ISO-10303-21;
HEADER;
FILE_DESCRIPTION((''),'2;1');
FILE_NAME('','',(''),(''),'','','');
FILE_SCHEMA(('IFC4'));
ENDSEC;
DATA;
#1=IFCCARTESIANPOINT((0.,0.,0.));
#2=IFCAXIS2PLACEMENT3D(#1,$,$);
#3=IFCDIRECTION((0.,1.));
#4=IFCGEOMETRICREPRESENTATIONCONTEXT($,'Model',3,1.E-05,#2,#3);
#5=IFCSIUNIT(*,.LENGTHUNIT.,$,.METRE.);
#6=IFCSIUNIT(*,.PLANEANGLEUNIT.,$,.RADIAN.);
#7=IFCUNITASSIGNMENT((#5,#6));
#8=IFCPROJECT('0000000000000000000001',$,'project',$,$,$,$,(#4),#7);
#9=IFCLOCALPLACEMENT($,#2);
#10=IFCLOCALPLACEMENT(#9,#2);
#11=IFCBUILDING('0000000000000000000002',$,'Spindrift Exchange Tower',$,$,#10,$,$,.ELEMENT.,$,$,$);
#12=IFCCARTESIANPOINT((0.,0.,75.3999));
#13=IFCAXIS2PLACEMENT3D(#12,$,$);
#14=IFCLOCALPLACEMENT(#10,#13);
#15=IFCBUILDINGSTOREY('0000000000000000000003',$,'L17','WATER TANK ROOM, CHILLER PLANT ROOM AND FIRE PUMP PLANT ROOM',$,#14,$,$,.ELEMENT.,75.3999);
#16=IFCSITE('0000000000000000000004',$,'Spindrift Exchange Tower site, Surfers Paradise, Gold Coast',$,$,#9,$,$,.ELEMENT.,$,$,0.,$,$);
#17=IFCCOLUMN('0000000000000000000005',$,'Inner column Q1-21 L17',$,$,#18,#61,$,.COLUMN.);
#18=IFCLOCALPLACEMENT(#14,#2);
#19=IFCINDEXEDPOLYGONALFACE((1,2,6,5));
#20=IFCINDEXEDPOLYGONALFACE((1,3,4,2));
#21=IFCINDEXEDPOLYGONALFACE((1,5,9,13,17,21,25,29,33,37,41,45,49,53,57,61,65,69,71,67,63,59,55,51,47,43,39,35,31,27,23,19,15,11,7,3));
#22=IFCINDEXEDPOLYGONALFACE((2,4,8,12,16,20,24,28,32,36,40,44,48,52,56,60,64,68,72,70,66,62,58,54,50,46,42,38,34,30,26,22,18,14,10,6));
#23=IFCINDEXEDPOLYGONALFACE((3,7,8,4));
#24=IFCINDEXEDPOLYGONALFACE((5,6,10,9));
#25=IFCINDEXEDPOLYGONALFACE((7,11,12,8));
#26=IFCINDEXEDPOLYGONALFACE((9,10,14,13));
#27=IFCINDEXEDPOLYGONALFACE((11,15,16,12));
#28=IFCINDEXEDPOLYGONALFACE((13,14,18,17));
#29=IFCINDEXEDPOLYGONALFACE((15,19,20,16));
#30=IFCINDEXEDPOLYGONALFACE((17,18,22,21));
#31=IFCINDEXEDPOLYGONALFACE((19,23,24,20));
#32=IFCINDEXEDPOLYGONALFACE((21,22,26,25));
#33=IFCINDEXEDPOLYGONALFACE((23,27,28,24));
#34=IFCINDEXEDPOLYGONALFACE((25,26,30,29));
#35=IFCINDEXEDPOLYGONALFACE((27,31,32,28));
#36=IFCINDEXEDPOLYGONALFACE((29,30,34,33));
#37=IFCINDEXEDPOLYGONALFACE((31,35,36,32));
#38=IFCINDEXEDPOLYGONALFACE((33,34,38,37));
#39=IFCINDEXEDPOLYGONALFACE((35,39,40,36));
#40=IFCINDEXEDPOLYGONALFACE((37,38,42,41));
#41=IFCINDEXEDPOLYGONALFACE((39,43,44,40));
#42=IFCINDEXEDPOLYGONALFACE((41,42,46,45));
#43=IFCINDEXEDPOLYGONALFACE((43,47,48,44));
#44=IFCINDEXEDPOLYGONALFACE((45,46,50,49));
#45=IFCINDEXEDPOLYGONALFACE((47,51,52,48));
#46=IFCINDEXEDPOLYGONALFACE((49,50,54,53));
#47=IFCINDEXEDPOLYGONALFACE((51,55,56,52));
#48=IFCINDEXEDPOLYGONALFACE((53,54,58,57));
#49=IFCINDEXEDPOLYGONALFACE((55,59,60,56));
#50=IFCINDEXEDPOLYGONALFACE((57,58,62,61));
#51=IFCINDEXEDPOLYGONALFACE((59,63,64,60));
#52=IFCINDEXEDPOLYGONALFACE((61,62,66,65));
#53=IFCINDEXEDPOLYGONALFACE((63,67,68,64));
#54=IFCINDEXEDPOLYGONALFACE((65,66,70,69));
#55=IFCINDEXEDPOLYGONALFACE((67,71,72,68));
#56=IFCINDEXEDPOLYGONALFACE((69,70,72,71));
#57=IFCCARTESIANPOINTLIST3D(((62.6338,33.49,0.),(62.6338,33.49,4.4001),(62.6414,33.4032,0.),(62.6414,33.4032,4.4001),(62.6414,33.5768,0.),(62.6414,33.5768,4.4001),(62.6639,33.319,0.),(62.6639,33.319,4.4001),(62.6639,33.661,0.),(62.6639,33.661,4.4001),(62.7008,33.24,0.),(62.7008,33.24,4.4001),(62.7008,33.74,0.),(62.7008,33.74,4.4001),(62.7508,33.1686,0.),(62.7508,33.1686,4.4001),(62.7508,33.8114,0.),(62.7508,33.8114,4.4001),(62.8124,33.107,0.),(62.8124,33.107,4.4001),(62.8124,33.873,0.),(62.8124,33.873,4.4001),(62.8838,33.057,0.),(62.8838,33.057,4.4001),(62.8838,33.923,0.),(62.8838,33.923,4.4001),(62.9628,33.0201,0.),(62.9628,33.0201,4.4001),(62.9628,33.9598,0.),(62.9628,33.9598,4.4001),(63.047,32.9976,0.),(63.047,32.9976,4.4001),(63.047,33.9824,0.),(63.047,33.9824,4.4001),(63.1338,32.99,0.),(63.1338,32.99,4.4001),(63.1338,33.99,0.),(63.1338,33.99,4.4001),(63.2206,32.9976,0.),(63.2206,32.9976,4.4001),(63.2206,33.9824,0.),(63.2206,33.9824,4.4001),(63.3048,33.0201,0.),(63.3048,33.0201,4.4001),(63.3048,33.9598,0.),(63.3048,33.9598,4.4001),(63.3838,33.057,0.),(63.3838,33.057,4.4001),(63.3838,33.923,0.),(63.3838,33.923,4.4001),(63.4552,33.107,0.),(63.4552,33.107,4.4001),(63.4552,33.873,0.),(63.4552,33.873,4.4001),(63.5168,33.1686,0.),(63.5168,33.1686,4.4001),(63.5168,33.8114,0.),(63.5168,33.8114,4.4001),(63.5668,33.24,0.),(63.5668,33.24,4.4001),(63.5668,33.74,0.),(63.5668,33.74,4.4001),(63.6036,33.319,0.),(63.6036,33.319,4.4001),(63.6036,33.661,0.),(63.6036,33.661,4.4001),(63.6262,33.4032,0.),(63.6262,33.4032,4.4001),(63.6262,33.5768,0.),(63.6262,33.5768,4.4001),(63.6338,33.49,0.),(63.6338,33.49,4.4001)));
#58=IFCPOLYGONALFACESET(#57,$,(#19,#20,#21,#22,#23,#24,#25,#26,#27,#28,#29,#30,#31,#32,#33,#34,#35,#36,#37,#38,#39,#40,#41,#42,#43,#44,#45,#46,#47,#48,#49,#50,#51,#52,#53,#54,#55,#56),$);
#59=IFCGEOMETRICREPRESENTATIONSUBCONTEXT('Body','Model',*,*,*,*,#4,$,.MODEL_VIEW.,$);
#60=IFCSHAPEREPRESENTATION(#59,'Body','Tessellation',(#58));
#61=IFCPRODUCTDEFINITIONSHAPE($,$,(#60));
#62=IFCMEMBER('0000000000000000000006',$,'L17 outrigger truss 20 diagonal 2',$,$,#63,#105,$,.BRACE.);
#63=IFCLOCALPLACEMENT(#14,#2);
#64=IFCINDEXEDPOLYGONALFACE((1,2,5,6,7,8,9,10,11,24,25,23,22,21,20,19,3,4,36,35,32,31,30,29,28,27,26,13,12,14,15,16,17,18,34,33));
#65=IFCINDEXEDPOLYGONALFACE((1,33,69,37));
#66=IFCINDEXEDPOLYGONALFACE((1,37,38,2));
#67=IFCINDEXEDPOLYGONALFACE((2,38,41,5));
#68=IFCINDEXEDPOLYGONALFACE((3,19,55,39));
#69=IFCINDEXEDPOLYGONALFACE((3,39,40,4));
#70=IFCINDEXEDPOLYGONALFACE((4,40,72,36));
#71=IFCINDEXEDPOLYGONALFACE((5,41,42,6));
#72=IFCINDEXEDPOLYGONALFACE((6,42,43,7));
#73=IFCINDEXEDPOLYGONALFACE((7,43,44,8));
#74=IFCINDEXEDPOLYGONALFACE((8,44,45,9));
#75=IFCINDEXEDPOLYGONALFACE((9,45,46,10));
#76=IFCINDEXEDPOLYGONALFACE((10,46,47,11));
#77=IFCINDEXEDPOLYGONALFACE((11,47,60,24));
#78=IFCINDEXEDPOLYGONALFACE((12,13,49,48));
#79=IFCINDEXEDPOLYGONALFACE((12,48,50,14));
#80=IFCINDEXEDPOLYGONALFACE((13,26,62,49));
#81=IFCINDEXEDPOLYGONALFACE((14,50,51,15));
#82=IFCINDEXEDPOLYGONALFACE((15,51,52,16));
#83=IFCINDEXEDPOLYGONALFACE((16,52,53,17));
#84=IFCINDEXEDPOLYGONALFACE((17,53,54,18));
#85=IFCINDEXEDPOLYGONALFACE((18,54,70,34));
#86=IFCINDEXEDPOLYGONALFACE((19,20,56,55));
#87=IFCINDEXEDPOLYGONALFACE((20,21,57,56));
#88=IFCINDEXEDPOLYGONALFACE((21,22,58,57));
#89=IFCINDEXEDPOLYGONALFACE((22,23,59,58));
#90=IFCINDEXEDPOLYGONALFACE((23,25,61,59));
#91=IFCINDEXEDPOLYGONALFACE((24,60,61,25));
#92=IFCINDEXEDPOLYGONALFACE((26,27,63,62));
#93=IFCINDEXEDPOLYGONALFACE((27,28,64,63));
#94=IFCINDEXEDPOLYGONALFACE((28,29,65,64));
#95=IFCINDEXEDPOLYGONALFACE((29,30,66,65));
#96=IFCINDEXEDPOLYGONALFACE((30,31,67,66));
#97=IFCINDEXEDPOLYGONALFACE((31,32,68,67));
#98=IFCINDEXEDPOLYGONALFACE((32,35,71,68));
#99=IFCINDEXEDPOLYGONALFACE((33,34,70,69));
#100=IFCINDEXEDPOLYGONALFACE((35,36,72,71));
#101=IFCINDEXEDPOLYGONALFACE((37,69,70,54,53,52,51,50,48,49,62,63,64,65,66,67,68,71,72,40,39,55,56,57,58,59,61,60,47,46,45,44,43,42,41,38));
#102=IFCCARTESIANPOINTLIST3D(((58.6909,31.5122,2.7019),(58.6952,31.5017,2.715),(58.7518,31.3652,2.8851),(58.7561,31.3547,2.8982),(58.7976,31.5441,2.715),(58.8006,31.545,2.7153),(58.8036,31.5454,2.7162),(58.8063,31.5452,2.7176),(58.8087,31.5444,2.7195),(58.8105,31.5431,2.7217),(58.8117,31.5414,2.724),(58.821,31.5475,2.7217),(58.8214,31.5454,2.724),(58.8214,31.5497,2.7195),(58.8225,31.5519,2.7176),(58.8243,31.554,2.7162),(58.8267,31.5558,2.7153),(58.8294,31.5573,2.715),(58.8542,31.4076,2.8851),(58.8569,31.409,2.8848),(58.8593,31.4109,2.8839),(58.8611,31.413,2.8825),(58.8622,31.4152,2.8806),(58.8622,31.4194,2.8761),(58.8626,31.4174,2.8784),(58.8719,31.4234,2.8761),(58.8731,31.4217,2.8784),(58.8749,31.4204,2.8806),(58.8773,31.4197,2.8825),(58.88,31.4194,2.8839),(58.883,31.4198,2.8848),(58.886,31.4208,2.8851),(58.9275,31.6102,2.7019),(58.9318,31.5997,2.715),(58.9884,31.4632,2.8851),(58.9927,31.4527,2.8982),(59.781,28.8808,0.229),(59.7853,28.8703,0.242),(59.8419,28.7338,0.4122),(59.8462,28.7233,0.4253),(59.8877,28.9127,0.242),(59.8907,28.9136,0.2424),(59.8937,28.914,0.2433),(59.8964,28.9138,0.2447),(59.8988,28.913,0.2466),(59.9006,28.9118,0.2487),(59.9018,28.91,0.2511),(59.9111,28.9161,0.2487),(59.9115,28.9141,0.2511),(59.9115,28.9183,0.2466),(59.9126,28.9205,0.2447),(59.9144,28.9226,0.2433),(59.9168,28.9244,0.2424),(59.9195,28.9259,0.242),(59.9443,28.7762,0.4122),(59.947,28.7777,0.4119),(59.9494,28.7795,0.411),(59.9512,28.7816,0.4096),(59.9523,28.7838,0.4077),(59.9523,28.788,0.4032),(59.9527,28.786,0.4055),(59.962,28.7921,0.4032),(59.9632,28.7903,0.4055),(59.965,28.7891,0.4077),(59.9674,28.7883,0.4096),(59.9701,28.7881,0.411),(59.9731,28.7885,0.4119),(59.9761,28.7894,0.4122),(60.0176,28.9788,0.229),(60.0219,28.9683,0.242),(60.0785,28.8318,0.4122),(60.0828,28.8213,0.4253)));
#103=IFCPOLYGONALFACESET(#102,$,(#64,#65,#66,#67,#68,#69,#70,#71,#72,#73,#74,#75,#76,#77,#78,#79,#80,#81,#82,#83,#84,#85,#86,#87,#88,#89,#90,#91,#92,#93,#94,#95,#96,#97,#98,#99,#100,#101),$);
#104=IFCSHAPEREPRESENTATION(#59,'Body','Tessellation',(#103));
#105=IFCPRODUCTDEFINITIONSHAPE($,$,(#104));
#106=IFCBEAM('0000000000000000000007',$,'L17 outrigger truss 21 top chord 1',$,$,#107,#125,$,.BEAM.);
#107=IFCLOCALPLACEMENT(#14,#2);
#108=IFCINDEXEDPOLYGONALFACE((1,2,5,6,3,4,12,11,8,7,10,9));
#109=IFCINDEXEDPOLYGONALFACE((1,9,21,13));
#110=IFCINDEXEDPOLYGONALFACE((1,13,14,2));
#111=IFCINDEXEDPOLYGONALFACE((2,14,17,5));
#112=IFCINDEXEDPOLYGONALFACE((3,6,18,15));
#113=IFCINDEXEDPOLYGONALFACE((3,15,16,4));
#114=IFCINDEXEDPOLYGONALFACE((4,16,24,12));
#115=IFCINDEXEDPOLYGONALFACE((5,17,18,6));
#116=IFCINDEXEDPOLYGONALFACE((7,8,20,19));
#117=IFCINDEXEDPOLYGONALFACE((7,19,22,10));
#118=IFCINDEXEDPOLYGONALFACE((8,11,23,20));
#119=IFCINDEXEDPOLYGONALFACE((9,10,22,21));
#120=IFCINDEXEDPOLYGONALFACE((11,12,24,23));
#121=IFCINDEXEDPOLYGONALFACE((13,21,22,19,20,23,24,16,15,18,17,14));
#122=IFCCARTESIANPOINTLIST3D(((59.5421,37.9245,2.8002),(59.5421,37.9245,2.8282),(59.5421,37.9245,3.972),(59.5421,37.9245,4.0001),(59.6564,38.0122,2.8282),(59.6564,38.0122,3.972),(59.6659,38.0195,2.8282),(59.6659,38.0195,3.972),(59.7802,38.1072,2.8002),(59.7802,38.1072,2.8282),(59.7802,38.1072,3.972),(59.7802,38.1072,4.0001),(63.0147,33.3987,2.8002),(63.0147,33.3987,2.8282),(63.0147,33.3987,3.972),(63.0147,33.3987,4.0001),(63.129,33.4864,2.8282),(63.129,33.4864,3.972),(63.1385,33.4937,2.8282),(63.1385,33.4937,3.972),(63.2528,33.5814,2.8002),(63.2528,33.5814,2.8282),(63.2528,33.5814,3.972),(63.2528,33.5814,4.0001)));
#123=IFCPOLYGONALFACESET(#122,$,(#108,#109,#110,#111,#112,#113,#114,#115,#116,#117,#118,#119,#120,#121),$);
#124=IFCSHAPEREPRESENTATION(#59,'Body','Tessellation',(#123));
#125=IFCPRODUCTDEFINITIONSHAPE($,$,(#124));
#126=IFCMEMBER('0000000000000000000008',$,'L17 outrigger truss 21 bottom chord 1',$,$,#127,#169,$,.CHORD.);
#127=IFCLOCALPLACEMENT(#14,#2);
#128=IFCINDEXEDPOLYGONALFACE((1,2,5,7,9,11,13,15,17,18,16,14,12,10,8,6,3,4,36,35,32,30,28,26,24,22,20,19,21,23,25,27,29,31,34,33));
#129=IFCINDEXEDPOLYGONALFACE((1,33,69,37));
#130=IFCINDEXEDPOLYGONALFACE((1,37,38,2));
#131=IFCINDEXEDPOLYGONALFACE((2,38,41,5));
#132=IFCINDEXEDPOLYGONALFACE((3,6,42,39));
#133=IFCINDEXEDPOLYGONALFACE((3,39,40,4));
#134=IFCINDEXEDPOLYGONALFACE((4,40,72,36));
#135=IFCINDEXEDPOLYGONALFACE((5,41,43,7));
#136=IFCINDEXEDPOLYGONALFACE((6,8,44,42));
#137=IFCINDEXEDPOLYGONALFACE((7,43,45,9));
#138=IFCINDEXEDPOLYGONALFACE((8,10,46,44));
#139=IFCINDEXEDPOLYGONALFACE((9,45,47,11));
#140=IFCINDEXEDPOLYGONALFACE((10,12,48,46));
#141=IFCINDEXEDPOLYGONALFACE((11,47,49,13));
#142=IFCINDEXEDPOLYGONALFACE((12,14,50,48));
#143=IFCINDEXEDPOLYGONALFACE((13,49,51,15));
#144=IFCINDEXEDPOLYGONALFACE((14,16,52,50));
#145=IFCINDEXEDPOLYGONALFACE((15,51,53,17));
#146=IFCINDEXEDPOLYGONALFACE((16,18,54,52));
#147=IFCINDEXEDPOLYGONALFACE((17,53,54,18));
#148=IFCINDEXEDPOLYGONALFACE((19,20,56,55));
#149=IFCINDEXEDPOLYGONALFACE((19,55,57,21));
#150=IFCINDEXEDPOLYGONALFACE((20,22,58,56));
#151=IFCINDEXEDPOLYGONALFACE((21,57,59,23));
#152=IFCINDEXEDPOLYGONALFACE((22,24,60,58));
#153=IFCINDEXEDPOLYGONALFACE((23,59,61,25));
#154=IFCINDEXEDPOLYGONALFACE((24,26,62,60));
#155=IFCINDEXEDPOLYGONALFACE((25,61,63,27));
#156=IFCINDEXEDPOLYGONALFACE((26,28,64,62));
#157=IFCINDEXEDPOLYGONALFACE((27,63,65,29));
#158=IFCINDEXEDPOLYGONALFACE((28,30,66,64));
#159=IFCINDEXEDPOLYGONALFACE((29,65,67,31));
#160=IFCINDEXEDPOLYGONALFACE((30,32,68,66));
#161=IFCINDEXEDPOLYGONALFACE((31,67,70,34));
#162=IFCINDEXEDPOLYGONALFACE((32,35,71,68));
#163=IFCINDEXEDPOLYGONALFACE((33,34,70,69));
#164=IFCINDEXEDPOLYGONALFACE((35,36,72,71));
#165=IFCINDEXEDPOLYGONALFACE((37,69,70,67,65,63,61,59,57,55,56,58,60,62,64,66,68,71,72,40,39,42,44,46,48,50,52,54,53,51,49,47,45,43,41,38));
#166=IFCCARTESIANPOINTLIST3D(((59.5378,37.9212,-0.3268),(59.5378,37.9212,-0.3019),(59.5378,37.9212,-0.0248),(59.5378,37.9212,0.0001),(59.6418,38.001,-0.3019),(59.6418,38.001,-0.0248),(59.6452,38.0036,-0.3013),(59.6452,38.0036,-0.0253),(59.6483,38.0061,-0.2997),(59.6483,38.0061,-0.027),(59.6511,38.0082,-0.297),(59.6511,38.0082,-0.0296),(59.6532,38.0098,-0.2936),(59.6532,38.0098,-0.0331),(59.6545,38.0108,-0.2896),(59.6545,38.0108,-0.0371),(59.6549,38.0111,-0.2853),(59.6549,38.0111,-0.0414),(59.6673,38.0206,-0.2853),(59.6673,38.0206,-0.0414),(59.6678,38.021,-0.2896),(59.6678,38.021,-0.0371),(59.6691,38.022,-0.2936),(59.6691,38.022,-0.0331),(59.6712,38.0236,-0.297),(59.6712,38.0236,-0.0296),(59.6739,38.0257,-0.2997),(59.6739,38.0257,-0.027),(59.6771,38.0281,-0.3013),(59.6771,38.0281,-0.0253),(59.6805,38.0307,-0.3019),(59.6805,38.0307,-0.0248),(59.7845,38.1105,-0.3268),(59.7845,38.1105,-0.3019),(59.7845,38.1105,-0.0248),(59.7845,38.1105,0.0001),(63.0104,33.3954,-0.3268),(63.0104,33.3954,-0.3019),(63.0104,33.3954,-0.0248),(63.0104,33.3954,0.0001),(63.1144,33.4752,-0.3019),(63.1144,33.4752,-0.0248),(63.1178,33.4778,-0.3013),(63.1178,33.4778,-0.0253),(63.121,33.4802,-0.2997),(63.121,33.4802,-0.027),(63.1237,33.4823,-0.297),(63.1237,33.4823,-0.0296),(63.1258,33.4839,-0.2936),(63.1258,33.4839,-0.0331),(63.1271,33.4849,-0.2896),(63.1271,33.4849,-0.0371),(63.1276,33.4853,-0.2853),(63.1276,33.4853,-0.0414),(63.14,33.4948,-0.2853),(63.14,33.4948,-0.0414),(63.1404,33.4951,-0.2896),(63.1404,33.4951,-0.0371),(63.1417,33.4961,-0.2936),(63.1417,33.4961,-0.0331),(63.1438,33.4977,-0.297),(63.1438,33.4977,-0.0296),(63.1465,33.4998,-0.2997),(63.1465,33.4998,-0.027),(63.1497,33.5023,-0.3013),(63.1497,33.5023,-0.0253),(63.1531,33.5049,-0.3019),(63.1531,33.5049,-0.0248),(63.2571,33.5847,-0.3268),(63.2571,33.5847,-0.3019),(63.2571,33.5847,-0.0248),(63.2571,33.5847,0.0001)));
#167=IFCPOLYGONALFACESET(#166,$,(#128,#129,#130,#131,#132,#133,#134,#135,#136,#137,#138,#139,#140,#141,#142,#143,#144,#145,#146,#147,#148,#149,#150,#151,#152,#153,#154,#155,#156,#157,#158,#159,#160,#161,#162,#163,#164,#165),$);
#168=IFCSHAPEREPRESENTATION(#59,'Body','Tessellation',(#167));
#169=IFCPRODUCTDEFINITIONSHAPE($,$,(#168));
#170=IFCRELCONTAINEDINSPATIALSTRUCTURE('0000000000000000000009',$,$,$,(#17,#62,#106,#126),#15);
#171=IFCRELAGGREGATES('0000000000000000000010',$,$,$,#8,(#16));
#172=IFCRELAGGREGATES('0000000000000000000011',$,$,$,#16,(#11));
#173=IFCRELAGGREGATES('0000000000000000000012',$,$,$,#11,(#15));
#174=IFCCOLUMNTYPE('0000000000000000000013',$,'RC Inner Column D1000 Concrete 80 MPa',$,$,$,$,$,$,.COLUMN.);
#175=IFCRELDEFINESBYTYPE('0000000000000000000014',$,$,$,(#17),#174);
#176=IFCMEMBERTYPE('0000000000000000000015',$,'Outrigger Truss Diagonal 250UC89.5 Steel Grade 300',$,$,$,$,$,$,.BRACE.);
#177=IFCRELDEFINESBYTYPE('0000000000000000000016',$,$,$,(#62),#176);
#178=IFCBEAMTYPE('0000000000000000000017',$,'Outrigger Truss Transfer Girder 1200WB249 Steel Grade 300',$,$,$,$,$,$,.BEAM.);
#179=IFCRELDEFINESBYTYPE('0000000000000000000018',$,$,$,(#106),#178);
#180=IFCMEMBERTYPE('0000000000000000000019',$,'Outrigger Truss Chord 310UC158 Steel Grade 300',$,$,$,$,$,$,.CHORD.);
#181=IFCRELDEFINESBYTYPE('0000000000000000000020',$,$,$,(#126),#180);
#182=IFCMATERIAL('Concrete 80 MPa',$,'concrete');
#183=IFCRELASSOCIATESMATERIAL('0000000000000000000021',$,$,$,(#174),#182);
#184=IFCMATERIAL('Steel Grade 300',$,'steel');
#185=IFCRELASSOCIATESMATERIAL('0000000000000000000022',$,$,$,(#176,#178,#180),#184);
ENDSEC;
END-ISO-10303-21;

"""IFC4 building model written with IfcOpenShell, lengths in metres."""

from ifc_helpers import new_model, si_unit, direction, frame, origin, origin_2d, place, context, subcontext, project, spatial, circle, i_section, extrude, source, transform, mapped, material, material_profile, profile_set, type_object, element, save


model = new_model("IFC4")

# Units and contexts
model_context = context("Model", 3, precision=1e-05, world=origin(), true_north=direction((0.0, 1.0)))
body_context = subcontext(model_context, "Body", "Model", "MODEL_VIEW")
ifc_project = project(units=[si_unit("LENGTHUNIT", "METRE"), si_unit("PLANEANGLEUNIT", "RADIAN")], contexts=[model_context])

# Site, building, storey
site_placement = place(None, origin())
site = spatial("IfcSite", under=ifc_project, at=site_placement, Name="Spindrift Exchange Tower site, Surfers Paradise, Gold Coast", CompositionType="ELEMENT", RefElevation=0.0)
building_placement = place(site_placement, origin())
building = spatial("IfcBuilding", under=site, at=building_placement, Name="Spindrift Exchange Tower", CompositionType="ELEMENT")
storey_placement = place(building_placement, frame((0.0, 0.0, 75.3999)))
storey = spatial("IfcBuildingStorey", under=building, at=storey_placement, Name="L17", Description="WATER TANK ROOM, CHILLER PLANT ROOM AND FIRE PUMP PLANT ROOM", CompositionType="ELEMENT", Elevation=75.3999)

# Column
ifc_material_1 = material(Name="Concrete 80 MPa", Category="concrete")
ifc_material_profile_1 = material_profile(ifc_material_1, circle(Radius=0.5, at=origin_2d()), Name="RC D1000")
ifc_profile_set_1 = profile_set([ifc_material_profile_1], Name="Concrete 80 MPa")
column_type = type_object("IfcColumnType", Name="RC Inner Column D1000 Concrete 80 MPa", PredefinedType="COLUMN", material=ifc_profile_set_1)
shared_shape_1 = source(origin(), body_context, "Body", "SweptSolid", [
    extrude(circle(Radius=0.5, at=origin_2d()), origin(), (0.0, 0.0, 1.0), 4.4001),
])
column_placement = place(storey_placement, frame((63.1338, 33.49, 0.0), z_axis=(0.0, 0.0, 1.0), x_axis=(1.0, 0.0, 0.0)))
element("IfcColumn", 1, at=column_placement, inside=storey, type_object=column_type, Name="Inner column Q1-21 L17", PredefinedType="COLUMN", context=body_context, shape_type="MappedRepresentation", body=[
    mapped(shared_shape_1, transform((0.0, 0.0, 0.0), scale=1.0)),
])

# Member
ifc_material_2 = material(Name="Steel Grade 300", Category="steel")
ifc_material_profile_2 = material_profile(ifc_material_2, i_section(OverallWidth=0.2561, OverallDepth=0.26, WebThickness=0.0105, FlangeThickness=0.0173, FilletRadius=0.012, at=origin_2d()), Name="250UC89.5")
ifc_profile_set_2 = profile_set([ifc_material_profile_2], Name="Steel Grade 300")
member_type_1 = type_object("IfcMemberType", Name="Outrigger Truss Diagonal 250UC89.5 Steel Grade 300", PredefinedType="BRACE", material=ifc_profile_set_2)
shared_shape_2 = source(origin(), body_context, "Body", "SweptSolid", [
    extrude(i_section(OverallWidth=0.2561, OverallDepth=0.26, WebThickness=0.0105, FlangeThickness=0.0173, FilletRadius=0.012, at=origin_2d()), origin(), (0.0, 0.0, 1.0), 3.772),
])
member_1_placement = place(storey_placement, frame((58.8418, 31.4824, 2.8), z_axis=(0.288999, -0.697612, -0.655605), x_axis=(0.923861, 0.382728, 0.0)))
element("IfcMember", 2, at=member_1_placement, inside=storey, type_object=member_type_1, Name="L17 outrigger truss 20 diagonal 2", PredefinedType="BRACE", context=body_context, shape_type="MappedRepresentation", body=[
    mapped(shared_shape_2, transform((0.0, 0.0, 0.0), scale=1.0)),
])

# Beam
ifc_material_profile_3 = material_profile(ifc_material_2, i_section(OverallWidth=0.3, OverallDepth=1.2, WebThickness=0.012, FlangeThickness=0.0281, at=origin_2d()), Name="1200WB249")
ifc_profile_set_3 = profile_set([ifc_material_profile_3], Name="Steel Grade 300")
beam_type = type_object("IfcBeamType", Name="Outrigger Truss Transfer Girder 1200WB249 Steel Grade 300", PredefinedType="BEAM", material=ifc_profile_set_3)
shared_shape_3 = source(origin(), body_context, "Body", "SweptSolid", [
    extrude(i_section(OverallWidth=0.3, OverallDepth=1.2, WebThickness=0.012, FlangeThickness=0.0281, at=origin_2d()), origin(), (0.0, 0.0, 1.0), 5.7046),
])
beam_1_placement = place(storey_placement, frame((59.6611, 38.0159, 3.4001), z_axis=(0.608742, -0.793368, 0.0), x_axis=(0.793368, 0.608742, 0.0)))
element("IfcBeam", 3, at=beam_1_placement, inside=storey, type_object=beam_type, Name="L17 outrigger truss 21 top chord 1", PredefinedType="BEAM", context=body_context, shape_type="MappedRepresentation", body=[
    mapped(shared_shape_3, transform((0.0, 0.0, 0.0), scale=1.0)),
])

# Member
ifc_material_profile_4 = material_profile(ifc_material_2, i_section(OverallWidth=0.311, OverallDepth=0.3269, WebThickness=0.0156, FlangeThickness=0.0249, FilletRadius=0.0166, at=origin_2d()), Name="310UC158")
ifc_profile_set_4 = profile_set([ifc_material_profile_4], Name="Steel Grade 300")
member_type_2 = type_object("IfcMemberType", Name="Outrigger Truss Chord 310UC158 Steel Grade 300", PredefinedType="CHORD", material=ifc_profile_set_4)
shared_shape_4 = source(origin(), body_context, "Body", "SweptSolid", [
    extrude(i_section(OverallWidth=0.311, OverallDepth=0.3269, WebThickness=0.0156, FlangeThickness=0.0249, FilletRadius=0.0166, at=origin_2d()), origin(), (0.0, 0.0, 1.0), 5.7046),
])
member_2_placement = place(storey_placement, frame((59.6611, 38.0159, -0.1633), z_axis=(0.608742, -0.793368, 0.0), x_axis=(0.793368, 0.608742, 0.0)))
element("IfcMember", 4, at=member_2_placement, inside=storey, type_object=member_type_2, Name="L17 outrigger truss 21 bottom chord 1", PredefinedType="CHORD", context=body_context, shape_type="MappedRepresentation", body=[
    mapped(shared_shape_4, transform((0.0, 0.0, 0.0), scale=1.0)),
])

save(model, "model.ifc")
